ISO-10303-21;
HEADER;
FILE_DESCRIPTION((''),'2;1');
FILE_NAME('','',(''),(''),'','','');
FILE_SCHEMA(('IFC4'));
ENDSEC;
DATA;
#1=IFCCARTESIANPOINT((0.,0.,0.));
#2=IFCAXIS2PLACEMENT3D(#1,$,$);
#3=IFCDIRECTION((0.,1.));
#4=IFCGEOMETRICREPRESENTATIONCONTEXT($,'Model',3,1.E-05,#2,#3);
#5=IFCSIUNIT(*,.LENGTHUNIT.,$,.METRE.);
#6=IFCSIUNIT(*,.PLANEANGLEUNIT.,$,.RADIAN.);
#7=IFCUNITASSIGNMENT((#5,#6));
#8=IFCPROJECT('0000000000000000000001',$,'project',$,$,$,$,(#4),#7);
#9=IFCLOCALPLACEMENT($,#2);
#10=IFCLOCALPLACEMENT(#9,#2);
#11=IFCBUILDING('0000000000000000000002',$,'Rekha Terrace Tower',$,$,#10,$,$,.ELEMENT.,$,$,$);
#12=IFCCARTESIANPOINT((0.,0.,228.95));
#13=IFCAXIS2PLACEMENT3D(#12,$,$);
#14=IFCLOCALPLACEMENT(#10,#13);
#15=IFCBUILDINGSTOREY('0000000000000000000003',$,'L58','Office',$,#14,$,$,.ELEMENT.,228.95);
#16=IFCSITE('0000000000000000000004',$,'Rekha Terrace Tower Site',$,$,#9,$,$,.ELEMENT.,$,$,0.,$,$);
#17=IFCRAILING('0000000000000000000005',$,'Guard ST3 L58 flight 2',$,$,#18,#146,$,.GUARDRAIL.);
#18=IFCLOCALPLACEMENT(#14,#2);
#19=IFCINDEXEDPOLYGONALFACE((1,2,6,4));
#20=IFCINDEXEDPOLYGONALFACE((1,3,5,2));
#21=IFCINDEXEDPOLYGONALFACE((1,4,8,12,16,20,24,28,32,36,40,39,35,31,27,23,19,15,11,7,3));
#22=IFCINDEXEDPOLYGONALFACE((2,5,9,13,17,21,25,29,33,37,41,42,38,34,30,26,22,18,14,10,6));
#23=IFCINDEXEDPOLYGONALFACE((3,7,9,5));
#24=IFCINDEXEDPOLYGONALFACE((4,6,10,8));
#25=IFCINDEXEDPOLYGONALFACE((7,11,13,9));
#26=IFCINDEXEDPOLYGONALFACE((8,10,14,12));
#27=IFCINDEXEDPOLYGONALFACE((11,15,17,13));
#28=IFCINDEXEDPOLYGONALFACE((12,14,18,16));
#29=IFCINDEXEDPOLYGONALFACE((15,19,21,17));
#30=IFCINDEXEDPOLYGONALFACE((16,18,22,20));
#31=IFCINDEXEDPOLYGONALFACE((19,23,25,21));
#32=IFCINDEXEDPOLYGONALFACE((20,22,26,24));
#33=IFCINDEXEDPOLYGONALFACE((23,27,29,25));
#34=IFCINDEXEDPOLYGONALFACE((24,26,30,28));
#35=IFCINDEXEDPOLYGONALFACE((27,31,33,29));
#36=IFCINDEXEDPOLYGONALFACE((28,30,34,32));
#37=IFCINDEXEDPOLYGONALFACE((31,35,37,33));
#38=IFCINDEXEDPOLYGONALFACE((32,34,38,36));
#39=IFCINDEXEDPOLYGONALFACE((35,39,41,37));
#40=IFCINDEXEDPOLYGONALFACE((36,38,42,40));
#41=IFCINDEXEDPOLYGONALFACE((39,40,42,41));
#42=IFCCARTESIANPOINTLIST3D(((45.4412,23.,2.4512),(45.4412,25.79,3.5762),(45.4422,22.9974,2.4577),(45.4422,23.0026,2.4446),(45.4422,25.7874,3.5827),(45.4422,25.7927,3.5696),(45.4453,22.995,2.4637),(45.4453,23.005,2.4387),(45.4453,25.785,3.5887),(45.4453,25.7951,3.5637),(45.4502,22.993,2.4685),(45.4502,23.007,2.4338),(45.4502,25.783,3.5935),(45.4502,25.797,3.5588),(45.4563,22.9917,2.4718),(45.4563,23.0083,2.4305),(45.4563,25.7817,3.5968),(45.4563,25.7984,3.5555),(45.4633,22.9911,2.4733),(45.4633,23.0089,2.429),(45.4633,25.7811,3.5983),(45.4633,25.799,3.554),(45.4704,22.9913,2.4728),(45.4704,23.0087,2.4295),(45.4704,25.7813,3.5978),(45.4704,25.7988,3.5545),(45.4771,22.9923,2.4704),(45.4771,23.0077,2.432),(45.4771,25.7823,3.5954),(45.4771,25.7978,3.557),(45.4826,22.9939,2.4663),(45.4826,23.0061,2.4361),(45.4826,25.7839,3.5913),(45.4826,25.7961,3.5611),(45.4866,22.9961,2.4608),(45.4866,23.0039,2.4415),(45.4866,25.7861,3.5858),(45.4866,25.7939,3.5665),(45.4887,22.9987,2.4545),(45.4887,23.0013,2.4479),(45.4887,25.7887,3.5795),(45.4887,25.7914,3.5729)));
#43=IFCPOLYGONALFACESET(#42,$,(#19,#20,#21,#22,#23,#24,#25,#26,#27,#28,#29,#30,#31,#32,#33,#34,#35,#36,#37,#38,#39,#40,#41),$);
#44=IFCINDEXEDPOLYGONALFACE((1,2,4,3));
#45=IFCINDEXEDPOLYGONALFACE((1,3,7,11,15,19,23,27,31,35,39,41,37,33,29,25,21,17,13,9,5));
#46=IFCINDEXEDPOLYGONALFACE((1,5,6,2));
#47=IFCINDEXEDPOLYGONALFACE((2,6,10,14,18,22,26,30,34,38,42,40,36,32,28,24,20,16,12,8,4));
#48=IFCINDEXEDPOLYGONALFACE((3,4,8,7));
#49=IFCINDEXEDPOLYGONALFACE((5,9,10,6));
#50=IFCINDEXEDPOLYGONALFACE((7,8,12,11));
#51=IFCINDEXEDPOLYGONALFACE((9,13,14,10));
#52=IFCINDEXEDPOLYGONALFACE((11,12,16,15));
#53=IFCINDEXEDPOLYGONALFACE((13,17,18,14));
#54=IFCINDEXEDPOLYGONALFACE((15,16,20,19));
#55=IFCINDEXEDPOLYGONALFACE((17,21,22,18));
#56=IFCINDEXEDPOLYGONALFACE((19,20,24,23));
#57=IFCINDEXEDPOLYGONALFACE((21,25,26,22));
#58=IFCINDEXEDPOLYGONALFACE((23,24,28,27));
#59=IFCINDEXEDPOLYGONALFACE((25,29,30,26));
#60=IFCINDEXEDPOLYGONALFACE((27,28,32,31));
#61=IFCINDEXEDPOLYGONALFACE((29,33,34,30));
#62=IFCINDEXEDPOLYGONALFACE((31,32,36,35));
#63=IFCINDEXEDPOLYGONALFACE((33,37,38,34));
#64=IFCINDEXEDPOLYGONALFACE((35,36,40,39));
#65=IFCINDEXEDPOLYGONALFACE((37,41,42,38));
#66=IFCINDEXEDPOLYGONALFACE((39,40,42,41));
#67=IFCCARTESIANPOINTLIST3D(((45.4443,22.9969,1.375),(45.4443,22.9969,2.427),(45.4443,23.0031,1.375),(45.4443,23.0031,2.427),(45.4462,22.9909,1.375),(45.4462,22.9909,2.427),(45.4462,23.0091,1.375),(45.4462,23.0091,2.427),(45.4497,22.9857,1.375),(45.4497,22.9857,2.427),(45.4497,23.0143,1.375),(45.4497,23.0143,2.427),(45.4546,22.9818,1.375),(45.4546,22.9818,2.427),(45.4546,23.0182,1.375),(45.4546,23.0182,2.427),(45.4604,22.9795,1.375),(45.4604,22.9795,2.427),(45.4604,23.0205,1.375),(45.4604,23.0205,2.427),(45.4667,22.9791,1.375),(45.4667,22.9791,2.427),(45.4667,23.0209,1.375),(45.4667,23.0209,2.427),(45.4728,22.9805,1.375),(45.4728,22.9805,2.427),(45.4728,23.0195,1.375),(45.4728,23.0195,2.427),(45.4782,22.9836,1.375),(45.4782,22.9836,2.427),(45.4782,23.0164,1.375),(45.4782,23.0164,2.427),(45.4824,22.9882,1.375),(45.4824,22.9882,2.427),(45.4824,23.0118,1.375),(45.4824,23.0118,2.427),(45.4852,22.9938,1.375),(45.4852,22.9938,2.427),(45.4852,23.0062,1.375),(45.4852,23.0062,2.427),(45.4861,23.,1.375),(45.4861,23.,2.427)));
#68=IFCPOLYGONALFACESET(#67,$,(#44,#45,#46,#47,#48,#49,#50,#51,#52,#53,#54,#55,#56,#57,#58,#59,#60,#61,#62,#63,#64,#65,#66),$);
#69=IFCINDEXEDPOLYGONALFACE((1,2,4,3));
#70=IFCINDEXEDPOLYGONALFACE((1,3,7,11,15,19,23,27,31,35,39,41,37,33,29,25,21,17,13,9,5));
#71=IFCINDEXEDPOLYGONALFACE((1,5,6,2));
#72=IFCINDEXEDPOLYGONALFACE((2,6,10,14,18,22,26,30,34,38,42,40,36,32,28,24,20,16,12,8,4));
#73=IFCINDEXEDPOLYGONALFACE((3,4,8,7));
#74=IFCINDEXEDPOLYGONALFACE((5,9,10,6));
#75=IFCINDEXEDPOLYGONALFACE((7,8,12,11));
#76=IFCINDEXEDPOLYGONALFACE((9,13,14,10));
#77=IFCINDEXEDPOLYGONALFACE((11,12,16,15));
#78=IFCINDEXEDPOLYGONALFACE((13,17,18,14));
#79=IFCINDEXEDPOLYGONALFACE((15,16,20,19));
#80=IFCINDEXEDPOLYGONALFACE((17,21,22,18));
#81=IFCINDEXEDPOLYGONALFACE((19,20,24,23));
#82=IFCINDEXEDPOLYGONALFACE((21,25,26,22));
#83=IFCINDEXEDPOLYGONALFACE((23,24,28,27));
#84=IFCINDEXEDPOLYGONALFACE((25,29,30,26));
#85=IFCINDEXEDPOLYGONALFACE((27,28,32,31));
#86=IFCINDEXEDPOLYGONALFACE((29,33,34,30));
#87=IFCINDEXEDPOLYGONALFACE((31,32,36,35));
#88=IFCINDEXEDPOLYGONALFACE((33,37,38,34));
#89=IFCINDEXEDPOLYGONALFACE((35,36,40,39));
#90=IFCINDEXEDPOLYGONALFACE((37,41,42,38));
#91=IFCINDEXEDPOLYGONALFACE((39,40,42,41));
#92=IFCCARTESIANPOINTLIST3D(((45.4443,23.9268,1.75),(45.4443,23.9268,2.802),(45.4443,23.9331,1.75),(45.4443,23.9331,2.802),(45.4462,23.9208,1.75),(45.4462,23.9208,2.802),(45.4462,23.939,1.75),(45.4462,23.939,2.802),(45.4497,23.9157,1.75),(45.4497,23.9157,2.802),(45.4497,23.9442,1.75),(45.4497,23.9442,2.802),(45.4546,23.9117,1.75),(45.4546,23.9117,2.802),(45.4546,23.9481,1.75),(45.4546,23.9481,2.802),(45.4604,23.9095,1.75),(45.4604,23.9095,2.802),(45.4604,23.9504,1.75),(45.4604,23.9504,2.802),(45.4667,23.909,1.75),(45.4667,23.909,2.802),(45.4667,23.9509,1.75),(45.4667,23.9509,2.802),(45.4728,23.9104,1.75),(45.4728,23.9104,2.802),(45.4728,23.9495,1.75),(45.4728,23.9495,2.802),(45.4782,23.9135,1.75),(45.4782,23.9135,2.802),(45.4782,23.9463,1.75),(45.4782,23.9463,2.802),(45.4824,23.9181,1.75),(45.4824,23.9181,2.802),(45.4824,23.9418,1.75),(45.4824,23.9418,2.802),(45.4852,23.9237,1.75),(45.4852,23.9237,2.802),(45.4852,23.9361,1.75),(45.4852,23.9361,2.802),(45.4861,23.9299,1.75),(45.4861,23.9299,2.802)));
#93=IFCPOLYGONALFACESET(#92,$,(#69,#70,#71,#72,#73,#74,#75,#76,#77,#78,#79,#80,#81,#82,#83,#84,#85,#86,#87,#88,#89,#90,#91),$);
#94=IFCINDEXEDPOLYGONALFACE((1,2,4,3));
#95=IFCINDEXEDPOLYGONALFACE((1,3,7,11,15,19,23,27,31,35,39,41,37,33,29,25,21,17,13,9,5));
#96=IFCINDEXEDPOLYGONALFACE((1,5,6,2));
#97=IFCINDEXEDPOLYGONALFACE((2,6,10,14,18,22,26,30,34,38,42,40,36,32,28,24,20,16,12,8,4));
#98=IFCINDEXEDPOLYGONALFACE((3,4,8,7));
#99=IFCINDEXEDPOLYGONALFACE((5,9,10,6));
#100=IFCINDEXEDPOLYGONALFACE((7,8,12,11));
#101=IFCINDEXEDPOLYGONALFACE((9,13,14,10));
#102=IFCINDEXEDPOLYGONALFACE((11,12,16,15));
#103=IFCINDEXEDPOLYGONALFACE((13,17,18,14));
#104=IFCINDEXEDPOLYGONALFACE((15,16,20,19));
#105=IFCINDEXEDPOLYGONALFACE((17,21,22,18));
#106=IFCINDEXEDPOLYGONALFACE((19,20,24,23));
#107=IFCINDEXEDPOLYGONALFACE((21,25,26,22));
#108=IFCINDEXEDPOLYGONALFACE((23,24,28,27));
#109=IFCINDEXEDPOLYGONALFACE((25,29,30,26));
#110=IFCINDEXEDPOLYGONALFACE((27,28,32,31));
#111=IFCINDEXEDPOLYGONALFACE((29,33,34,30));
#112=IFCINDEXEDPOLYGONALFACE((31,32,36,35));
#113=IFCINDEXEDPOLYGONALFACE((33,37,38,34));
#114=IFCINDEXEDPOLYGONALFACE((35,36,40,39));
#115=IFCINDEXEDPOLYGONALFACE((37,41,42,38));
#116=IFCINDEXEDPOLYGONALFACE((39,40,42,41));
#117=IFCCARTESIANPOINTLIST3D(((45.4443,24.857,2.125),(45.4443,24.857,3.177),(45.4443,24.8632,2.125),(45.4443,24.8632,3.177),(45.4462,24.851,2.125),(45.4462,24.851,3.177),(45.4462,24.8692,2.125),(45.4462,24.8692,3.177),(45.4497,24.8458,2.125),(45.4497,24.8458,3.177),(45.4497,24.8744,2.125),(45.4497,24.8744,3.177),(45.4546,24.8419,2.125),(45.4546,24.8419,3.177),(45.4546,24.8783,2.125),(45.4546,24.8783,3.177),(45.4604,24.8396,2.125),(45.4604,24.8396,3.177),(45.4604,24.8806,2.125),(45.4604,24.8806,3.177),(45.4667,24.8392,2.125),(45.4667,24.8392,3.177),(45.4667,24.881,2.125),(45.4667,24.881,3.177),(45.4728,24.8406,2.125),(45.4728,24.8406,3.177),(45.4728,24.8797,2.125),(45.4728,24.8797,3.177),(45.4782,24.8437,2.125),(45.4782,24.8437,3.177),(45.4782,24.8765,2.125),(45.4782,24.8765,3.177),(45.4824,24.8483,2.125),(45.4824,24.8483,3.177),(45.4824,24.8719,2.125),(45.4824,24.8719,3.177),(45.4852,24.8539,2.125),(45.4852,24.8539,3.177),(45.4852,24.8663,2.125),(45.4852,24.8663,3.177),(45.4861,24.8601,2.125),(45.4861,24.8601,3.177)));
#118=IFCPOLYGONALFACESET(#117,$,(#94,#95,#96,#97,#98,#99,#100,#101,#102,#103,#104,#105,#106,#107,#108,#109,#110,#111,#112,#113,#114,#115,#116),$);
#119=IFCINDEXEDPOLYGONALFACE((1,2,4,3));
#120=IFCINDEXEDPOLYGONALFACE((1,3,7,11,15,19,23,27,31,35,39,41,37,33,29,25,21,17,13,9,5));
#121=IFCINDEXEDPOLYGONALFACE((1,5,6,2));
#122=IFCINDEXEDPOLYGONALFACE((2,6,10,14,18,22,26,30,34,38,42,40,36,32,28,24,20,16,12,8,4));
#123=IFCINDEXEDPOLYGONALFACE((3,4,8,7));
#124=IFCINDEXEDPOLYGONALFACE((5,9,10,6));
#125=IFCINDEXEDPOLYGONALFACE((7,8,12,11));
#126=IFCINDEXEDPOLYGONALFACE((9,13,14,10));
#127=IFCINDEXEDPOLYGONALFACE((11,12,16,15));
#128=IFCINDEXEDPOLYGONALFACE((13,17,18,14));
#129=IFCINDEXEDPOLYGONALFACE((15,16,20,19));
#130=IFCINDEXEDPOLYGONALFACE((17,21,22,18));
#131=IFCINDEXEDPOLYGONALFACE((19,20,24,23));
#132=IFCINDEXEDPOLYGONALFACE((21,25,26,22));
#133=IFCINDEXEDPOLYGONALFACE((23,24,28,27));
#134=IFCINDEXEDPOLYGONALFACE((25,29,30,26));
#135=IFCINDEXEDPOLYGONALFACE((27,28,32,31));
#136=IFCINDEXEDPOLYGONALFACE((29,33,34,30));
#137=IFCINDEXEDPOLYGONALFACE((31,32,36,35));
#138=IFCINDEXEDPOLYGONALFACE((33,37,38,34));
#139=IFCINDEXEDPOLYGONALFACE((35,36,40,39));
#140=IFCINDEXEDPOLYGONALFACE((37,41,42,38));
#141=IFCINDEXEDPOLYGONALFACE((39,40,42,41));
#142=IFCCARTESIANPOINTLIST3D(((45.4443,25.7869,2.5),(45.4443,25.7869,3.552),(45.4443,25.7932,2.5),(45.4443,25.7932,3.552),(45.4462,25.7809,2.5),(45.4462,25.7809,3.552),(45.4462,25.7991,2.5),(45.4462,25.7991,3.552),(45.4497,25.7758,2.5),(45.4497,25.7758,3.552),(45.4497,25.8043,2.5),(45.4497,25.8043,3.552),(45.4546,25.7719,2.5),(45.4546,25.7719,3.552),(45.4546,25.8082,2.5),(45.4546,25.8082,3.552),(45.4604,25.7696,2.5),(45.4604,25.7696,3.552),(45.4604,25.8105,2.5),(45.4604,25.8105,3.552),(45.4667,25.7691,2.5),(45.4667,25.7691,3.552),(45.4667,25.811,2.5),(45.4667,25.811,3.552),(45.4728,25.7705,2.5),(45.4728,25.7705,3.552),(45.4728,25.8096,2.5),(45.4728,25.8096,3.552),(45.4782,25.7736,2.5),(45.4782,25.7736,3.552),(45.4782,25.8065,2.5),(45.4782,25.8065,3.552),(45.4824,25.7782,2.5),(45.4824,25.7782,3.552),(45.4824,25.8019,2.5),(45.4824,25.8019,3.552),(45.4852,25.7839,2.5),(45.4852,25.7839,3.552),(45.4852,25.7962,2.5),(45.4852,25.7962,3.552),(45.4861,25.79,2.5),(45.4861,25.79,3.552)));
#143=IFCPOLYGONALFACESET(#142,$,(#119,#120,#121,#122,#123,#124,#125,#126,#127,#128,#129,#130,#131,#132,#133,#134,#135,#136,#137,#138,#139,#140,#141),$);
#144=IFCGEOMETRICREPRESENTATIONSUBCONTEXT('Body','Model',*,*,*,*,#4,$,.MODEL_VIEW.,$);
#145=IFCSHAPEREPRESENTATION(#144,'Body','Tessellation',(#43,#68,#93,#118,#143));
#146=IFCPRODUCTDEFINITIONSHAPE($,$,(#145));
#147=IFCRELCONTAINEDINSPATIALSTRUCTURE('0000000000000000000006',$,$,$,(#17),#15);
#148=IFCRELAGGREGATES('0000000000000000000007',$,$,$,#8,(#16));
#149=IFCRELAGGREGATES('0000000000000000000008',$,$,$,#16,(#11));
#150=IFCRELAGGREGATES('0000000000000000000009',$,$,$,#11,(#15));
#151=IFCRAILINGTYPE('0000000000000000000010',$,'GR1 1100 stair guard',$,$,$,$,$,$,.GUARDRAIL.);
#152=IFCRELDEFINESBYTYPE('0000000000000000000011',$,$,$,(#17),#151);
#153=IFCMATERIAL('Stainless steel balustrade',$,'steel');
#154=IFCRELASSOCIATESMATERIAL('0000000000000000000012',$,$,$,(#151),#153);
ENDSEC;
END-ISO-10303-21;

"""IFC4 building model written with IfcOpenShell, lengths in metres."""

from ifc_helpers import new_model, si_unit, direction, frame, origin, origin_2d, place, context, subcontext, project, spatial, circle, extrude, material, type_object, element, save


model = new_model("IFC4")

# Units and contexts
model_context = context("Model", 3, precision=1e-05, world=origin(), true_north=direction((0.0, 1.0)))
body_context = subcontext(model_context, "Body", "Model", "MODEL_VIEW")
ifc_project = project(units=[si_unit("LENGTHUNIT", "METRE"), si_unit("PLANEANGLEUNIT", "RADIAN")], contexts=[model_context])

# Site, building, storey
site_placement = place(None, origin())
site = spatial("IfcSite", under=ifc_project, at=site_placement, Name="Rekha Terrace Tower Site", CompositionType="ELEMENT", RefElevation=0.0)
building_placement = place(site_placement, origin())
building = spatial("IfcBuilding", under=site, at=building_placement, Name="Rekha Terrace Tower", CompositionType="ELEMENT")
storey_placement = place(building_placement, frame((0.0, 0.0, 228.95)))
storey = spatial("IfcBuildingStorey", under=building, at=storey_placement, Name="L58", Description="Office", CompositionType="ELEMENT", Elevation=228.95)

# Railing
ifc_material_1 = material(Name="Stainless steel balustrade", Category="steel")
railing_type_1 = type_object("IfcRailingType", Name="GR1 1100 stair guard", PredefinedType="GUARDRAIL", material=ifc_material_1)
railing_1_placement = place(storey_placement, frame((45.4651, 23.0, 1.375)))
element("IfcRailing", 1, at=railing_1_placement, inside=storey, type_object=railing_type_1, Name="Guard ST3 L58 flight 2", PredefinedType="GUARDRAIL", context=body_context, shape_type="SweptSolid", body=[
    extrude(circle(Radius=0.0239, at=origin_2d()), frame((0.0, 0.0, 1.0762), z_axis=(0.0, 0.927443, 0.373964), x_axis=(-1.0, 0.0, 0.0)), (0.0, 0.0, 1.0), 3.0083),
    extrude(circle(Radius=0.021, at=origin_2d()), origin(), (0.0, 0.0, 1.0), 1.052),
    extrude(circle(Radius=0.021, at=origin_2d()), frame((0.0, 0.9299, 0.375)), (0.0, 0.0, 1.0), 1.052),
    extrude(circle(Radius=0.021, at=origin_2d()), frame((0.0, 1.8601, 0.75)), (0.0, 0.0, 1.0), 1.052),
    extrude(circle(Radius=0.021, at=origin_2d()), frame((0.0, 2.79, 1.125)), (0.0, 0.0, 1.0), 1.052),
])

save(model, "model.ifc")
